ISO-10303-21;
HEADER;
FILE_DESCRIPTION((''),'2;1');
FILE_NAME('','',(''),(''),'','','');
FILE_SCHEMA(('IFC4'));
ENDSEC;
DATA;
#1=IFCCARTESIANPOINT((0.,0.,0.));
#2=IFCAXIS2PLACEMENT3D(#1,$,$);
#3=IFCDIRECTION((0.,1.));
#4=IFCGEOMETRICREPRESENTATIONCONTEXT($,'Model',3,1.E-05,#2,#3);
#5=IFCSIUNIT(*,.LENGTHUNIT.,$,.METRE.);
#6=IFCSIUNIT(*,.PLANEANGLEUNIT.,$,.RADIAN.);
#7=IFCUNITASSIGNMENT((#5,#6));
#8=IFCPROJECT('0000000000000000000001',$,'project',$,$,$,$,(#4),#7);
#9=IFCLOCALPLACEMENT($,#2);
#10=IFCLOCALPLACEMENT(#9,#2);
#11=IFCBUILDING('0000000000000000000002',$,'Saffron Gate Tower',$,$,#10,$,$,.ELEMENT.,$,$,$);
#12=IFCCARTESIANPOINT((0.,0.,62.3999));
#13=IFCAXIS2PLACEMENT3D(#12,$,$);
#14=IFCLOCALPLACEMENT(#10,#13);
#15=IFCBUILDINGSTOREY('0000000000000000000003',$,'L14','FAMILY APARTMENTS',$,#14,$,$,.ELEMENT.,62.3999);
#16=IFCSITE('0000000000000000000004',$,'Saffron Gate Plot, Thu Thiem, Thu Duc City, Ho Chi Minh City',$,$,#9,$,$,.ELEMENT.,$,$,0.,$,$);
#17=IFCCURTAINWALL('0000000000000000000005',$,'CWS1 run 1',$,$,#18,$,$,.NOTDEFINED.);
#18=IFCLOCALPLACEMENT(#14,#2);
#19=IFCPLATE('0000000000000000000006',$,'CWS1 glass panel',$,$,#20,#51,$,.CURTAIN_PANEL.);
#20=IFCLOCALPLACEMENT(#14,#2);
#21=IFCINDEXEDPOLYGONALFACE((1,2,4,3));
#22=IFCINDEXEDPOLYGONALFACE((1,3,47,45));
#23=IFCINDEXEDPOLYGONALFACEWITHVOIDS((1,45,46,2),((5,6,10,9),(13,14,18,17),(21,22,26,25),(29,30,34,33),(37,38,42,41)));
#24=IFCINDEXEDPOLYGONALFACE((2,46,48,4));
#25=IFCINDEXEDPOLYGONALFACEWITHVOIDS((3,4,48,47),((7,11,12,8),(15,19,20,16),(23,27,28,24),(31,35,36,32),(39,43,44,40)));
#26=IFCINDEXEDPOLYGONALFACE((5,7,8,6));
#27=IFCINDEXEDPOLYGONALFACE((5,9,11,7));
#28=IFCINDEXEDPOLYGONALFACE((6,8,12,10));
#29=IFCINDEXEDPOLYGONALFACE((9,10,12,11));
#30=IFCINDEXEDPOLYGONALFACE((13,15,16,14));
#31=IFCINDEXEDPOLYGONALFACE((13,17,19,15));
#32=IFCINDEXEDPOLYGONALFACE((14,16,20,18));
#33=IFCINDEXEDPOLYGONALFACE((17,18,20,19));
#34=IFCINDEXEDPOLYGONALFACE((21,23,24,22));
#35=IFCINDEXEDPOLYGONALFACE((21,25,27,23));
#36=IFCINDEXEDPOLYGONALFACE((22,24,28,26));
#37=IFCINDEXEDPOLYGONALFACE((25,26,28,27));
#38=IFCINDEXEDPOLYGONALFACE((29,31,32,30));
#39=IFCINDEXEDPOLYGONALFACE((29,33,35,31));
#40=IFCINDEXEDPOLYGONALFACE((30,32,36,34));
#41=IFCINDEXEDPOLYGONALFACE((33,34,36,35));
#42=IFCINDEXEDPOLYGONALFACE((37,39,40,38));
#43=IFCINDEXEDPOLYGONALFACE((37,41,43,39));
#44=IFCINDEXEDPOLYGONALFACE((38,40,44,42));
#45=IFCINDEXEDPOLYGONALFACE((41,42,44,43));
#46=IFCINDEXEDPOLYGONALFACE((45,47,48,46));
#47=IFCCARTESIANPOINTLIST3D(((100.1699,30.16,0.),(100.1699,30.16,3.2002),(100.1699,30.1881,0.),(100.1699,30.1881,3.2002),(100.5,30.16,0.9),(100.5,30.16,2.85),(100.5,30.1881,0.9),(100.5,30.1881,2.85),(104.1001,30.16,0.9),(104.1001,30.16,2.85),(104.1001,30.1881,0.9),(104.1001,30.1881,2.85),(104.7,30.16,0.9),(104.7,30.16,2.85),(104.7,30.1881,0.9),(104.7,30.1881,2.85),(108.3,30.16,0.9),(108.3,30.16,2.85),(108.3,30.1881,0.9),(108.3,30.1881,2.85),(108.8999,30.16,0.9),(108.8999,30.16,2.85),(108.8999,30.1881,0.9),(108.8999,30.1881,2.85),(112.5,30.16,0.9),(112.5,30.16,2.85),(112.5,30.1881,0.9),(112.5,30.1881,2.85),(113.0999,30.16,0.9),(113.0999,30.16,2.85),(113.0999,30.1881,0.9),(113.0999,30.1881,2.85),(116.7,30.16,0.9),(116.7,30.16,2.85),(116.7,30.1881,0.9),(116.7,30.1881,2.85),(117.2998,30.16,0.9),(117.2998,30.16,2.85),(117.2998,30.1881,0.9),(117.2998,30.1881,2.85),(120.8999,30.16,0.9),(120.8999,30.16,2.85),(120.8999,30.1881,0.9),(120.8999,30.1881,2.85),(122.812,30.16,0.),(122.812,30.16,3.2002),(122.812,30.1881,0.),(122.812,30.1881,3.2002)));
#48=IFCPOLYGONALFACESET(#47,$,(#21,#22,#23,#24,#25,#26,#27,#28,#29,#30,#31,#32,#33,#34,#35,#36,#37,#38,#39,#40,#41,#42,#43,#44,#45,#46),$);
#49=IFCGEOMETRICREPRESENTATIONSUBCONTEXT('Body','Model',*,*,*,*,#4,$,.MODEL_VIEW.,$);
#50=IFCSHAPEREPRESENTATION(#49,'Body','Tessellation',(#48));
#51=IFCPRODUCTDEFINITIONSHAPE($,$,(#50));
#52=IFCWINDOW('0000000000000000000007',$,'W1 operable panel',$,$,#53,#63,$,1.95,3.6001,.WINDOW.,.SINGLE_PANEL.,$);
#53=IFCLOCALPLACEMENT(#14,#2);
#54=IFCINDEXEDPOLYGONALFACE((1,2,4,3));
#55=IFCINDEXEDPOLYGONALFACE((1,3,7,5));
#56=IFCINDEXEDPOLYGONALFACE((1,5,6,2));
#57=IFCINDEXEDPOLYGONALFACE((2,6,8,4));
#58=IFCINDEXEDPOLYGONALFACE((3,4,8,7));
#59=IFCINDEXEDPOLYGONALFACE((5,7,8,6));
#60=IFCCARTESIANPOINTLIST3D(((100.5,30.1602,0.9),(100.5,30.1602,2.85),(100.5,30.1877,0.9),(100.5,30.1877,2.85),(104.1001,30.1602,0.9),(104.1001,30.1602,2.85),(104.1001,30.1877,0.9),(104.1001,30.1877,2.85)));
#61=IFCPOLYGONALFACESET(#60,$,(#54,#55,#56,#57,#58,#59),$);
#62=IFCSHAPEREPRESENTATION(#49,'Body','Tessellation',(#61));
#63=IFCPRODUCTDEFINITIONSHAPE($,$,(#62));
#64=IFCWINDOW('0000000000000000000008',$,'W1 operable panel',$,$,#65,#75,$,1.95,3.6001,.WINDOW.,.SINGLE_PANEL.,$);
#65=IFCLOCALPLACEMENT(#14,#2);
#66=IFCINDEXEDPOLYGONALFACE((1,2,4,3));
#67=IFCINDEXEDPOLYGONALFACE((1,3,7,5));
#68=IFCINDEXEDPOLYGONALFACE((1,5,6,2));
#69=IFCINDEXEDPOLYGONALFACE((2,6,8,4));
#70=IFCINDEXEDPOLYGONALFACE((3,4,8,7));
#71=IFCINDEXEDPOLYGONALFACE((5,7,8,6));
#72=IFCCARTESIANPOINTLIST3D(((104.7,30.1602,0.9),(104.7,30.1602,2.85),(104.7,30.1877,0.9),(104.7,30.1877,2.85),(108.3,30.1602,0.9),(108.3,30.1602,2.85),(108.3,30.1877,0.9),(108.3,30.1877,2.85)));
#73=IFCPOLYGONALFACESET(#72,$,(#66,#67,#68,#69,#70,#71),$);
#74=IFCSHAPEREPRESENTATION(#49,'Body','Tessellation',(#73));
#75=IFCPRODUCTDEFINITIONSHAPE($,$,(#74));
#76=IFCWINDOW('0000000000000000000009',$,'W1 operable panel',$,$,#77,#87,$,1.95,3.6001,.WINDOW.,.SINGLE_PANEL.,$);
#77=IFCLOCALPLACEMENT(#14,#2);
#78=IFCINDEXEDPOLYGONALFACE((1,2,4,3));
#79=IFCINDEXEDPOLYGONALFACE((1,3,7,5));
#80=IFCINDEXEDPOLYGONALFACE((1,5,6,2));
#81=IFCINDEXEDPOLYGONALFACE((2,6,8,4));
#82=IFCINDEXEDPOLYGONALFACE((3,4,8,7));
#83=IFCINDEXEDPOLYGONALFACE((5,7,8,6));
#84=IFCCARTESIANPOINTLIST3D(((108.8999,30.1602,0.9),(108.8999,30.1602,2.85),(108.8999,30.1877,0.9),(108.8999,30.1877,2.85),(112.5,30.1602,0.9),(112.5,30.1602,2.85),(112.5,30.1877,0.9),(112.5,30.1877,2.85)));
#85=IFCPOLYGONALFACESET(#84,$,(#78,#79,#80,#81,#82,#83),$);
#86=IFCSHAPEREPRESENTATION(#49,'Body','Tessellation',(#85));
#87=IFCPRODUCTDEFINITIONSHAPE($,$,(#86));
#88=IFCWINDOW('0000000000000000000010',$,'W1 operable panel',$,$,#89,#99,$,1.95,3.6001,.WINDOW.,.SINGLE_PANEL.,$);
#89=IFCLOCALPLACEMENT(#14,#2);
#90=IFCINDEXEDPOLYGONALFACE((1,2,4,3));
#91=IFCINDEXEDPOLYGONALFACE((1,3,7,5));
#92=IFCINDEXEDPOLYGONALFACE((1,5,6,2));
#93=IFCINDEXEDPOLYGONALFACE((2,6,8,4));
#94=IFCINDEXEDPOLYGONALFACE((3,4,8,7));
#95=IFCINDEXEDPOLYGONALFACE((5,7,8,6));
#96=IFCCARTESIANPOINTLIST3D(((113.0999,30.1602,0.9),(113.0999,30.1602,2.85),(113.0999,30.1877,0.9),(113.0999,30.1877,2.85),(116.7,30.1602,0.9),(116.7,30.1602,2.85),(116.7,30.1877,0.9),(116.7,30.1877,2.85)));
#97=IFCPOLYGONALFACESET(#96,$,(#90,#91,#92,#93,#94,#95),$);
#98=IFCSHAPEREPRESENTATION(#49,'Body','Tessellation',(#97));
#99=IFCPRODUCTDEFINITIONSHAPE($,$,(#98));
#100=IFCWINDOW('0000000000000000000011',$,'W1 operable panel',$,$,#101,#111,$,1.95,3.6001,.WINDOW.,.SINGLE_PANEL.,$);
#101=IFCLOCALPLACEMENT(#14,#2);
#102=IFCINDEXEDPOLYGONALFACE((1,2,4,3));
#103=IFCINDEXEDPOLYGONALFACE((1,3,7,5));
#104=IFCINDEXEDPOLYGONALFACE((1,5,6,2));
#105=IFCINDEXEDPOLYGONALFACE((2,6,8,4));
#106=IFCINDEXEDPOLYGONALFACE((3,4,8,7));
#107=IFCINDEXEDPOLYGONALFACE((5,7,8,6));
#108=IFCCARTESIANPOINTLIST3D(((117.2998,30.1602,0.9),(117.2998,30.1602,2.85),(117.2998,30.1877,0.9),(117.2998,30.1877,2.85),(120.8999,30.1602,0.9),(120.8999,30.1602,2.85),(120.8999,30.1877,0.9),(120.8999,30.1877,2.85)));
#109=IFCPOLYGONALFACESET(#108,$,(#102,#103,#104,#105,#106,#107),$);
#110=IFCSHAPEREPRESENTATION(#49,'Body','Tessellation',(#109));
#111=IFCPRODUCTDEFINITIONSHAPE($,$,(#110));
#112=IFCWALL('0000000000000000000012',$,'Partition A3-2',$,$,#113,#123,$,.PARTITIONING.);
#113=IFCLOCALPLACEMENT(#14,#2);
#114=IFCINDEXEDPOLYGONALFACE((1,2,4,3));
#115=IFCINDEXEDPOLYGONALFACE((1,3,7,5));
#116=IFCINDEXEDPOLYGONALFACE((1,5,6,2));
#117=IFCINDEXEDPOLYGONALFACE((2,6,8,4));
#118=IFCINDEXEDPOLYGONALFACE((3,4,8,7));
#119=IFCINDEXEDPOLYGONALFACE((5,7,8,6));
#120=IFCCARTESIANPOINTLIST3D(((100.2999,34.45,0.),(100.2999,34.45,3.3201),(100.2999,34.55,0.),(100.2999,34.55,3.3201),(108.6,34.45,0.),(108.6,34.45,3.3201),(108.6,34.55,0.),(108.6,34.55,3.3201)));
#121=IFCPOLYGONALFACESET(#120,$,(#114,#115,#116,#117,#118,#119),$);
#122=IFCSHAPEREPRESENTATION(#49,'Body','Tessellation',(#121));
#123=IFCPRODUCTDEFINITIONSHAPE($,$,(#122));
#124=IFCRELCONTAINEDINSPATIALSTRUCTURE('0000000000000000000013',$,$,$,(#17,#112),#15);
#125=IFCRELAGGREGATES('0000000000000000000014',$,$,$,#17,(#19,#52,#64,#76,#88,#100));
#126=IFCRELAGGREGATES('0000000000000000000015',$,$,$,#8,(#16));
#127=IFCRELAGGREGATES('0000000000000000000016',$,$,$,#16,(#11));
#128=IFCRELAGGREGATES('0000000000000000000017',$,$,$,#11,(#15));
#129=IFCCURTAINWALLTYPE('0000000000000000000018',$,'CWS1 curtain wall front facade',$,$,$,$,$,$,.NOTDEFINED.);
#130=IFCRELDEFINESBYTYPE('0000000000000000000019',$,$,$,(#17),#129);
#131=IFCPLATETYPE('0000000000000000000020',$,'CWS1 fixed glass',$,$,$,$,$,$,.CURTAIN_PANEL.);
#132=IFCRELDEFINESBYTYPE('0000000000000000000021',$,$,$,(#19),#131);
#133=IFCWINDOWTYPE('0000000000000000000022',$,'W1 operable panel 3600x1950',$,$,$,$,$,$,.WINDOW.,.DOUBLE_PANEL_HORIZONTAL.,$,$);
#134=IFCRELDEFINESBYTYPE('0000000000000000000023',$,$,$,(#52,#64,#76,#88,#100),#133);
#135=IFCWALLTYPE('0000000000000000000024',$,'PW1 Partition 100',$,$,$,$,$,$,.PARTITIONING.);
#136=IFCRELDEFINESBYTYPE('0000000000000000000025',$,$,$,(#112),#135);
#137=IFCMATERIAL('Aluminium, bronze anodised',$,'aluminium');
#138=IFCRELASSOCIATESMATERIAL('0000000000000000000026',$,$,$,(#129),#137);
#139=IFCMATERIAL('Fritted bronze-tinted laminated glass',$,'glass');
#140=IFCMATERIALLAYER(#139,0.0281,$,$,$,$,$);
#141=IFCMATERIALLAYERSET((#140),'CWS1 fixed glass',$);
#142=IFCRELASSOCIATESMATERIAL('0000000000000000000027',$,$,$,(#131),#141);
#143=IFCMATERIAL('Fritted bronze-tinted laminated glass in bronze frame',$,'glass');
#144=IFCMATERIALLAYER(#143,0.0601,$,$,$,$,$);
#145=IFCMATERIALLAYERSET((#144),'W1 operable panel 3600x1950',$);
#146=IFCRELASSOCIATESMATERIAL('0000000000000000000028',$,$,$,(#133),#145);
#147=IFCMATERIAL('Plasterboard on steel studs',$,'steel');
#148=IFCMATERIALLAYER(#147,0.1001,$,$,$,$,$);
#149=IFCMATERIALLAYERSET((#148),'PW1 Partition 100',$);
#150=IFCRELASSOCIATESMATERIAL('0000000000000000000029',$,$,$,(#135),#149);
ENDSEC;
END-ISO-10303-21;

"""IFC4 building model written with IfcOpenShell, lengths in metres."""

from ifc_helpers import new_model, si_unit, direction, frame, frame_2d, origin, place, context, subcontext, project, spatial, rectangle, extrude, material, layer, layer_set, type_object, element, fill, aggregate, save


model = new_model("IFC4")

# Units and contexts
model_context = context("Model", 3, precision=1e-05, world=origin(), true_north=direction((0.0, 1.0)))
body_context = subcontext(model_context, "Body", "Model", "MODEL_VIEW")
ifc_project = project(units=[si_unit("LENGTHUNIT", "METRE"), si_unit("PLANEANGLEUNIT", "RADIAN")], contexts=[model_context])

# Site, building, storey
site_placement = place(None, origin())
site = spatial("IfcSite", under=ifc_project, at=site_placement, Name="Saffron Gate Plot, Thu Thiem, Thu Duc City, Ho Chi Minh City", CompositionType="ELEMENT", RefElevation=0.0)
building_placement = place(site_placement, origin())
building = spatial("IfcBuilding", under=site, at=building_placement, Name="Saffron Gate Tower", CompositionType="ELEMENT")
storey_placement = place(building_placement, frame((0.0, 0.0, 62.3999)))
storey = spatial("IfcBuildingStorey", under=building, at=storey_placement, Name="L14", Description="FAMILY APARTMENTS", CompositionType="ELEMENT", Elevation=62.3999)

# Curtain wall, plate, openings, windows
ifc_material_1 = material(Name="Aluminium, bronze anodised", Category="aluminium")
curtain_wall_type = type_object("IfcCurtainWallType", Name="CWS1 curtain wall front facade", PredefinedType="NOTDEFINED", material=ifc_material_1)
curtain_wall_placement = place(storey_placement, origin())
curtain_wall = element("IfcCurtainWall", 1, at=curtain_wall_placement, inside=storey, type_object=curtain_wall_type, Name="CWS1 run 1", PredefinedType="NOTDEFINED")
ifc_material_2 = material(Name="Fritted bronze-tinted laminated glass", Category="glass")
ifc_layer_1 = layer(ifc_material_2, 0.0281)
ifc_layer_set_1 = layer_set([ifc_layer_1], Name="CWS1 fixed glass")
plate_type = type_object("IfcPlateType", Name="CWS1 fixed glass", PredefinedType="CURTAIN_PANEL", material=ifc_layer_set_1)
plate_placement = place(storey_placement, frame((100.1699, 30.1741, 0.0), z_axis=(0.0, 0.0, 1.0), x_axis=(1.0, 0.0, 0.0)))
plate = element("IfcPlate", 2, at=plate_placement, type_object=plate_type, Name="CWS1 glass panel", PredefinedType="CURTAIN_PANEL", context=body_context, shape_type="SweptSolid", body=[
    extrude(rectangle(XDim=22.6421, YDim=0.0281, at=frame_2d((11.321, 0.0))), origin(), (0.0, 0.0, 1.0), 3.2002),
])
opening_1_placement = place(plate_placement, frame((0.3301, 0.0, 0.8999)))
opening_1 = element("IfcOpeningElement", 3, at=opening_1_placement, cuts=plate, PredefinedType="OPENING", context=body_context, shape_type="SweptSolid", body=[
    extrude(rectangle(XDim=3.6001, YDim=1.95, at=frame_2d((1.8, 0.9751))), frame((0.0, 0.0239, 0.0), z_axis=(0.0, -1.0, 0.0), x_axis=(1.0, 0.0, 0.0)), (0.0, 0.0, 1.0), 0.0481),
])
opening_2_placement = place(plate_placement, frame((4.53, 0.0, 0.8999)))
opening_2 = element("IfcOpeningElement", 4, at=opening_2_placement, cuts=plate, PredefinedType="OPENING", context=body_context, shape_type="SweptSolid", body=[
    extrude(rectangle(XDim=3.6001, YDim=1.95, at=frame_2d((1.8, 0.9751))), frame((0.0, 0.0239, 0.0), z_axis=(0.0, -1.0, 0.0), x_axis=(1.0, 0.0, 0.0)), (0.0, 0.0, 1.0), 0.0481),
])
opening_3_placement = place(plate_placement, frame((8.73, 0.0, 0.8999)))
opening_3 = element("IfcOpeningElement", 5, at=opening_3_placement, cuts=plate, PredefinedType="OPENING", context=body_context, shape_type="SweptSolid", body=[
    extrude(rectangle(XDim=3.6001, YDim=1.95, at=frame_2d((1.8, 0.9751))), frame((0.0, 0.0239, 0.0), z_axis=(0.0, -1.0, 0.0), x_axis=(1.0, 0.0, 0.0)), (0.0, 0.0, 1.0), 0.0481),
])
opening_4_placement = place(plate_placement, frame((12.9299, 0.0, 0.8999)))
opening_4 = element("IfcOpeningElement", 6, at=opening_4_placement, cuts=plate, PredefinedType="OPENING", context=body_context, shape_type="SweptSolid", body=[
    extrude(rectangle(XDim=3.6001, YDim=1.95, at=frame_2d((1.8, 0.9751))), frame((0.0, 0.0239, 0.0), z_axis=(0.0, -1.0, 0.0), x_axis=(1.0, 0.0, 0.0)), (0.0, 0.0, 1.0), 0.0481),
])
opening_5_placement = place(plate_placement, frame((17.1299, 0.0, 0.8999)))
opening_5 = element("IfcOpeningElement", 7, at=opening_5_placement, cuts=plate, PredefinedType="OPENING", context=body_context, shape_type="SweptSolid", body=[
    extrude(rectangle(XDim=3.6001, YDim=1.95, at=frame_2d((1.8, 0.9751))), frame((0.0, 0.0239, 0.0), z_axis=(0.0, -1.0, 0.0), x_axis=(1.0, 0.0, 0.0)), (0.0, 0.0, 1.0), 0.0481),
])
ifc_material_3 = material(Name="Fritted bronze-tinted laminated glass in bronze frame", Category="glass")
ifc_layer_2 = layer(ifc_material_3, 0.0601)
ifc_layer_set_2 = layer_set([ifc_layer_2], Name="W1 operable panel 3600x1950")
window_type = type_object("IfcWindowType", Name="W1 operable panel 3600x1950", PartitioningType="DOUBLE_PANEL_HORIZONTAL", PredefinedType="WINDOW", material=ifc_layer_set_2)
window_1_placement = place(opening_1_placement, origin())
window_1 = element("IfcWindow", 8, at=window_1_placement, type_object=window_type, Name="W1 operable panel", OverallHeight=1.95, OverallWidth=3.6001, PartitioningType="SINGLE_PANEL", PredefinedType="WINDOW", context=body_context, shape_type="SweptSolid", body=[
    extrude(rectangle(XDim=3.6001, YDim=1.95, at=frame_2d((1.8, 0.9751))), frame((0.0, 0.0137, 0.0), z_axis=(0.0, -1.0, 0.0), x_axis=(1.0, 0.0, 0.0)), (0.0, 0.0, 1.0), 0.0276),
])
fill(opening_1, window_1)
window_2_placement = place(opening_2_placement, origin())
window_2 = element("IfcWindow", 9, at=window_2_placement, type_object=window_type, Name="W1 operable panel", OverallHeight=1.95, OverallWidth=3.6001, PartitioningType="SINGLE_PANEL", PredefinedType="WINDOW", context=body_context, shape_type="SweptSolid", body=[
    extrude(rectangle(XDim=3.6001, YDim=1.95, at=frame_2d((1.8, 0.9751))), frame((0.0, 0.0137, 0.0), z_axis=(0.0, -1.0, 0.0), x_axis=(1.0, 0.0, 0.0)), (0.0, 0.0, 1.0), 0.0276),
])
fill(opening_2, window_2)
window_3_placement = place(opening_3_placement, origin())
window_3 = element("IfcWindow", 10, at=window_3_placement, type_object=window_type, Name="W1 operable panel", OverallHeight=1.95, OverallWidth=3.6001, PartitioningType="SINGLE_PANEL", PredefinedType="WINDOW", context=body_context, shape_type="SweptSolid", body=[
    extrude(rectangle(XDim=3.6001, YDim=1.95, at=frame_2d((1.8, 0.9751))), frame((0.0, 0.0137, 0.0), z_axis=(0.0, -1.0, 0.0), x_axis=(1.0, 0.0, 0.0)), (0.0, 0.0, 1.0), 0.0276),
])
fill(opening_3, window_3)
window_4_placement = place(opening_4_placement, origin())
window_4 = element("IfcWindow", 11, at=window_4_placement, type_object=window_type, Name="W1 operable panel", OverallHeight=1.95, OverallWidth=3.6001, PartitioningType="SINGLE_PANEL", PredefinedType="WINDOW", context=body_context, shape_type="SweptSolid", body=[
    extrude(rectangle(XDim=3.6001, YDim=1.95, at=frame_2d((1.8, 0.9751))), frame((0.0, 0.0137, 0.0), z_axis=(0.0, -1.0, 0.0), x_axis=(1.0, 0.0, 0.0)), (0.0, 0.0, 1.0), 0.0276),
])
fill(opening_4, window_4)
window_5_placement = place(opening_5_placement, origin())
window_5 = element("IfcWindow", 12, at=window_5_placement, type_object=window_type, Name="W1 operable panel", OverallHeight=1.95, OverallWidth=3.6001, PartitioningType="SINGLE_PANEL", PredefinedType="WINDOW", context=body_context, shape_type="SweptSolid", body=[
    extrude(rectangle(XDim=3.6001, YDim=1.95, at=frame_2d((1.8, 0.9751))), frame((0.0, 0.0137, 0.0), z_axis=(0.0, -1.0, 0.0), x_axis=(1.0, 0.0, 0.0)), (0.0, 0.0, 1.0), 0.0276),
])
fill(opening_5, window_5)
aggregate(curtain_wall, [plate, window_1, window_2, window_3, window_4, window_5])

# Wall
ifc_material_4 = material(Name="Plasterboard on steel studs", Category="steel")
ifc_layer_3 = layer(ifc_material_4, 0.1001)
ifc_layer_set_3 = layer_set([ifc_layer_3], Name="PW1 Partition 100")
wall_type_1 = type_object("IfcWallType", Name="PW1 Partition 100", PredefinedType="PARTITIONING", material=ifc_layer_set_3)
wall_1_placement = place(storey_placement, frame((100.3, 34.5, 0.0), z_axis=(0.0, 0.0, 1.0), x_axis=(1.0, 0.0, 0.0)))
element("IfcWall", 13, at=wall_1_placement, inside=storey, type_object=wall_type_1, Name="Partition A3-2", PredefinedType="PARTITIONING", context=body_context, shape_type="SweptSolid", body=[
    extrude(rectangle(XDim=8.3, YDim=0.1001, at=frame_2d((4.1499, 0.0))), origin(), (0.0, 0.0, 1.0), 3.3201),
])

save(model, "model.ifc")
